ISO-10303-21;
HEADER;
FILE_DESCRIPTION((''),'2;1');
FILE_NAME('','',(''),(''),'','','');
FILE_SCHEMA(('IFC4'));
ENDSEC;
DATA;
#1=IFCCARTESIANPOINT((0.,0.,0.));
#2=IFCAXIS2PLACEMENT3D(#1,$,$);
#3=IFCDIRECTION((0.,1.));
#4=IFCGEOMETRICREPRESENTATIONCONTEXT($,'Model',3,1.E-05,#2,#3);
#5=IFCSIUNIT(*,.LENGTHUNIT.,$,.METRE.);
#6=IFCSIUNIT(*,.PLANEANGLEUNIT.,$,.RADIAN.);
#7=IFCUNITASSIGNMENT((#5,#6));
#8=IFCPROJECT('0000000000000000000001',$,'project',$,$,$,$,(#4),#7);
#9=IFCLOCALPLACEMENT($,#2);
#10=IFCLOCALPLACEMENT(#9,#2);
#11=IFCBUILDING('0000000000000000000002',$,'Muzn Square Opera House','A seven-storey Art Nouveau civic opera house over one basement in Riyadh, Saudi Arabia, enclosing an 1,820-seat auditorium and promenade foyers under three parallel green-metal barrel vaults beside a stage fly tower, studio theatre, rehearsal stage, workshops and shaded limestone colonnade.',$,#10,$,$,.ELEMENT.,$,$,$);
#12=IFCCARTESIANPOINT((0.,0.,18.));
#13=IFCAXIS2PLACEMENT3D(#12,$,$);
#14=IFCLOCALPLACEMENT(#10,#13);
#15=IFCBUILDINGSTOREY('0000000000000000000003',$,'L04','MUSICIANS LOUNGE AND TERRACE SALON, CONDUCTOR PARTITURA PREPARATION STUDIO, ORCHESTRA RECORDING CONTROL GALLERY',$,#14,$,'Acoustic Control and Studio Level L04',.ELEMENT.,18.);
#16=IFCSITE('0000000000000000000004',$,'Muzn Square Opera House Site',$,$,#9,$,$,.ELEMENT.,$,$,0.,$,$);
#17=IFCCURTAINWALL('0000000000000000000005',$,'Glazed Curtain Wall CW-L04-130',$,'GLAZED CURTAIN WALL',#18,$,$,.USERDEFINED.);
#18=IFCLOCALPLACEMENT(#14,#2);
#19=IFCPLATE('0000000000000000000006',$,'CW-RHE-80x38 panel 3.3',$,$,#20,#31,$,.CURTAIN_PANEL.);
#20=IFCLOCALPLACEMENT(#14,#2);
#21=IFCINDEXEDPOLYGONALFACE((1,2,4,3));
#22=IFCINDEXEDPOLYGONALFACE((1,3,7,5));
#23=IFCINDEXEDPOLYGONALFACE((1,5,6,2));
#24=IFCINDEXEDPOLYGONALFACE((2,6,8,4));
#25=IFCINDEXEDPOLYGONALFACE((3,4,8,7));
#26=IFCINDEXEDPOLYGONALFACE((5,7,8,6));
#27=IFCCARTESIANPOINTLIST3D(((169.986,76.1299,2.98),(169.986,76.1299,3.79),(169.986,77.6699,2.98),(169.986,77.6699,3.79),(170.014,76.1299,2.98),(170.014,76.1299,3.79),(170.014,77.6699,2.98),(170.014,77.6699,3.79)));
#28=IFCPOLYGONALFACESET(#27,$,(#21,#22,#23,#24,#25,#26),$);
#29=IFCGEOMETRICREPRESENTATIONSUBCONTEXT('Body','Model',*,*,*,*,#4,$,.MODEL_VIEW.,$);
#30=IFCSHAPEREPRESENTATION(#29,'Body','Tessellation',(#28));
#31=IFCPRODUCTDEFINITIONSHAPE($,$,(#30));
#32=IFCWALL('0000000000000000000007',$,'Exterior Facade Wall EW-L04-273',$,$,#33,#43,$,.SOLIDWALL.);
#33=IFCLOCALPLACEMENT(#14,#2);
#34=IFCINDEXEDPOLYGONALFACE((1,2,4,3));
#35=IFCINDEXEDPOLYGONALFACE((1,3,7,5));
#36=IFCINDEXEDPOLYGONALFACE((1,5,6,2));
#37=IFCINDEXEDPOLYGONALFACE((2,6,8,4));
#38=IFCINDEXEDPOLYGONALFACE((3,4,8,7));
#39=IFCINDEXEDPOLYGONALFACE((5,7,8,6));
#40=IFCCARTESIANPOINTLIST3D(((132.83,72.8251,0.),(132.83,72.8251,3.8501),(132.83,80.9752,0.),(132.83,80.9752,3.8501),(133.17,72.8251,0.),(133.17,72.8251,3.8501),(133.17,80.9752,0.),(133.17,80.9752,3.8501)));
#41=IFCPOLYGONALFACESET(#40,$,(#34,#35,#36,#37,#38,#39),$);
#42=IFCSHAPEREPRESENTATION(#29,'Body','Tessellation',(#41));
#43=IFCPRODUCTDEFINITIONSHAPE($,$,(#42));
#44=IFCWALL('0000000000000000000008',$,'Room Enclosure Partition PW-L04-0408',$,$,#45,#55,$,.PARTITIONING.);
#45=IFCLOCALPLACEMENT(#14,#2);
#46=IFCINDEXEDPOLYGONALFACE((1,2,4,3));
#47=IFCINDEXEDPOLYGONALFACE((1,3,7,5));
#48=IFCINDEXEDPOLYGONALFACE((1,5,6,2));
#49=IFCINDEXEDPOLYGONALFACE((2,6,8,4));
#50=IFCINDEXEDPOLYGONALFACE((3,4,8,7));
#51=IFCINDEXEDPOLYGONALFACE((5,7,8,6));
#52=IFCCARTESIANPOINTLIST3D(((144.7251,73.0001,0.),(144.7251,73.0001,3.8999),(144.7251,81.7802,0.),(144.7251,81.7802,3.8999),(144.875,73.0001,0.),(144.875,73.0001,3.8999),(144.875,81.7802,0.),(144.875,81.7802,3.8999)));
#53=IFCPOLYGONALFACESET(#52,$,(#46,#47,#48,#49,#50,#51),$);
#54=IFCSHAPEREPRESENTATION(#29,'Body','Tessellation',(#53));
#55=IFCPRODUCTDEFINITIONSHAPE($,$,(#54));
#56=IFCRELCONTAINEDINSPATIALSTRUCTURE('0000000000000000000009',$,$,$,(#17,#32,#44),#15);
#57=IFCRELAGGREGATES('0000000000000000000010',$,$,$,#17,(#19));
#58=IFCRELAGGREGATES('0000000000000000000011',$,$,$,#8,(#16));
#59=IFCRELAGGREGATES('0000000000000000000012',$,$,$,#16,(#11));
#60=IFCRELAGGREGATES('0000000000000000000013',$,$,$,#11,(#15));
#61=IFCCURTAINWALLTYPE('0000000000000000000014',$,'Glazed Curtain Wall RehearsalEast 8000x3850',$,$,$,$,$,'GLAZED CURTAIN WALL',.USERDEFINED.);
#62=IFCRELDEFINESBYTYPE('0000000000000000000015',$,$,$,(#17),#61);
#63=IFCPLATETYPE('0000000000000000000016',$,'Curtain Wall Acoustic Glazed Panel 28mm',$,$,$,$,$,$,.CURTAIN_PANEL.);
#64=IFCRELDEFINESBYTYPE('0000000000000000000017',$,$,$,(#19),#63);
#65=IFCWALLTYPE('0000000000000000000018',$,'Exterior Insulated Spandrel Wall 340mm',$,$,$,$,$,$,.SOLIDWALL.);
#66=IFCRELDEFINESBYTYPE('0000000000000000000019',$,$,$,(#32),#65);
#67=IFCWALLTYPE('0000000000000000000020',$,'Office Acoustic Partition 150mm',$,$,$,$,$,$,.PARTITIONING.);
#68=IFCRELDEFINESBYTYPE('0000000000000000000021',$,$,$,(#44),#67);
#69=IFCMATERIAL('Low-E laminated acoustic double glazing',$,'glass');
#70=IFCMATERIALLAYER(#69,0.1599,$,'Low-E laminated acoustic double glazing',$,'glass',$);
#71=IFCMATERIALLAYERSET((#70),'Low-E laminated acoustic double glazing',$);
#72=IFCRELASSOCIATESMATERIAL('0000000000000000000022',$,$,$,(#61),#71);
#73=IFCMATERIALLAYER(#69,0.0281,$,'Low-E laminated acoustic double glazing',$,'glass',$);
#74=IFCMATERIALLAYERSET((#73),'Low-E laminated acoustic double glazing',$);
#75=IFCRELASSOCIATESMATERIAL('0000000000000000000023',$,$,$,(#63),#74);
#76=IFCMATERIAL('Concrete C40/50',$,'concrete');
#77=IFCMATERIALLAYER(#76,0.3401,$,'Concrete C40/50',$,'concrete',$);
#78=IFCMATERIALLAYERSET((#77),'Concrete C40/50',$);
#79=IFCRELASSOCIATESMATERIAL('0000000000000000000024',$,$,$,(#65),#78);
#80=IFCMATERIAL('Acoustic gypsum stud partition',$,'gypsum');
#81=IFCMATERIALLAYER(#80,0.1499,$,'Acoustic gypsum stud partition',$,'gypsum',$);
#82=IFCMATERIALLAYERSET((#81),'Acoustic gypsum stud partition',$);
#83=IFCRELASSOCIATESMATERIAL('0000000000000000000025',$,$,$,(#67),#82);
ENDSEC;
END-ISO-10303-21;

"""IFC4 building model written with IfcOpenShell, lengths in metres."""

from ifc_helpers import new_model, si_unit, direction, frame, frame_2d, origin, origin_2d, place, context, subcontext, project, spatial, rectangle, extrude, material, layer, layer_set, type_object, element, aggregate, save


model = new_model("IFC4")

# Units and contexts
model_context = context("Model", 3, precision=1e-05, world=origin(), true_north=direction((0.0, 1.0)))
body_context = subcontext(model_context, "Body", "Model", "MODEL_VIEW")
ifc_project = project(units=[si_unit("LENGTHUNIT", "METRE"), si_unit("PLANEANGLEUNIT", "RADIAN")], contexts=[model_context])

# Site, building, storey
site_placement = place(None, origin())
site = spatial("IfcSite", under=ifc_project, at=site_placement, Name="Muzn Square Opera House Site", CompositionType="ELEMENT", RefElevation=0.0)
building_placement = place(site_placement, origin())
building = spatial("IfcBuilding", under=site, at=building_placement, Name="Muzn Square Opera House", Description="A seven-storey Art Nouveau civic opera house over one basement in Riyadh, Saudi Arabia, enclosing an 1,820-seat auditorium and promenade foyers under three parallel green-metal barrel vaults beside a stage fly tower, studio theatre, rehearsal stage, workshops and shaded limestone colonnade.", CompositionType="ELEMENT")
storey_placement = place(building_placement, frame((0.0, 0.0, 18.0)))
storey = spatial("IfcBuildingStorey", under=building, at=storey_placement, Name="L04", Description="MUSICIANS LOUNGE AND TERRACE SALON, CONDUCTOR PARTITURA PREPARATION STUDIO, ORCHESTRA RECORDING CONTROL GALLERY", LongName="Acoustic Control and Studio Level L04", CompositionType="ELEMENT", Elevation=18.0)

# Curtain wall
ifc_material_1 = material(Name="Low-E laminated acoustic double glazing", Category="glass")
ifc_layer_1 = layer(ifc_material_1, 0.1599, Name="Low-E laminated acoustic double glazing", Category="glass")
ifc_layer_set_1 = layer_set([ifc_layer_1], Name="Low-E laminated acoustic double glazing")
curtain_wall_type = type_object("IfcCurtainWallType", Name="Glazed Curtain Wall RehearsalEast 8000x3850", ElementType="GLAZED CURTAIN WALL", PredefinedType="USERDEFINED", material=ifc_layer_set_1)
curtain_wall_placement = place(storey_placement, origin())
curtain_wall = element("IfcCurtainWall", 1, at=curtain_wall_placement, inside=storey, type_object=curtain_wall_type, Name="Glazed Curtain Wall CW-L04-130", ObjectType="GLAZED CURTAIN WALL", PredefinedType="USERDEFINED")

# Shared definitions
ifc_material_2 = material(Name="Concrete C40/50", Category="concrete")

# Plate
ifc_layer_2 = layer(ifc_material_1, 0.0281, Name="Low-E laminated acoustic double glazing", Category="glass")
ifc_layer_set_2 = layer_set([ifc_layer_2], Name="Low-E laminated acoustic double glazing")
plate_type = type_object("IfcPlateType", Name="Curtain Wall Acoustic Glazed Panel 28mm", PredefinedType="CURTAIN_PANEL", material=ifc_layer_set_2)
plate_1_placement = place(storey_placement, frame((170.0, 76.8999, 2.98), z_axis=(0.0, 0.0, 1.0), x_axis=(0.0, 1.0, 0.0)))
plate_1 = element("IfcPlate", 2, at=plate_1_placement, type_object=plate_type, Name="CW-RHE-80x38 panel 3.3", PredefinedType="CURTAIN_PANEL", context=body_context, shape_type="SweptSolid", body=[
    extrude(rectangle(XDim=1.54, YDim=0.0281, at=origin_2d()), origin(), (0.0, 0.0, 1.0), 0.8101),
])
aggregate(curtain_wall, [plate_1])

# Walls
ifc_layer_3 = layer(ifc_material_2, 0.3401, Name="Concrete C40/50", Category="concrete")
ifc_layer_set_3 = layer_set([ifc_layer_3], Name="Concrete C40/50")
wall_type_1 = type_object("IfcWallType", Name="Exterior Insulated Spandrel Wall 340mm", PredefinedType="SOLIDWALL", material=ifc_layer_set_3)
wall_1_placement = place(storey_placement, frame((133.0, 72.825, 0.0), z_axis=(0.0, 0.0, 1.0), x_axis=(0.0, 1.0, 0.0)))
element("IfcWall", 3, at=wall_1_placement, inside=storey, type_object=wall_type_1, Name="Exterior Facade Wall EW-L04-273", PredefinedType="SOLIDWALL", context=body_context, shape_type="SweptSolid", body=[
    extrude(rectangle(XDim=8.1501, YDim=0.3401, at=frame_2d((4.0752, 0.0))), origin(), (0.0, 0.0, 1.0), 3.8501),
])
ifc_material_3 = material(Name="Acoustic gypsum stud partition", Category="gypsum")
ifc_layer_4 = layer(ifc_material_3, 0.1499, Name="Acoustic gypsum stud partition", Category="gypsum")
ifc_layer_set_4 = layer_set([ifc_layer_4], Name="Acoustic gypsum stud partition")
wall_type_2 = type_object("IfcWallType", Name="Office Acoustic Partition 150mm", PredefinedType="PARTITIONING", material=ifc_layer_set_4)
wall_2_placement = place(storey_placement, frame((144.8, 73.0, 0.0), z_axis=(0.0, 0.0, 1.0), x_axis=(0.0, 1.0, 0.0)))
element("IfcWall", 4, at=wall_2_placement, inside=storey, type_object=wall_type_2, Name="Room Enclosure Partition PW-L04-0408", PredefinedType="PARTITIONING", context=body_context, shape_type="SweptSolid", body=[
    extrude(rectangle(XDim=8.78, YDim=0.1499, at=frame_2d((4.3901, 0.0))), origin(), (0.0, 0.0, 1.0), 3.8999),
])

save(model, "model.ifc")
